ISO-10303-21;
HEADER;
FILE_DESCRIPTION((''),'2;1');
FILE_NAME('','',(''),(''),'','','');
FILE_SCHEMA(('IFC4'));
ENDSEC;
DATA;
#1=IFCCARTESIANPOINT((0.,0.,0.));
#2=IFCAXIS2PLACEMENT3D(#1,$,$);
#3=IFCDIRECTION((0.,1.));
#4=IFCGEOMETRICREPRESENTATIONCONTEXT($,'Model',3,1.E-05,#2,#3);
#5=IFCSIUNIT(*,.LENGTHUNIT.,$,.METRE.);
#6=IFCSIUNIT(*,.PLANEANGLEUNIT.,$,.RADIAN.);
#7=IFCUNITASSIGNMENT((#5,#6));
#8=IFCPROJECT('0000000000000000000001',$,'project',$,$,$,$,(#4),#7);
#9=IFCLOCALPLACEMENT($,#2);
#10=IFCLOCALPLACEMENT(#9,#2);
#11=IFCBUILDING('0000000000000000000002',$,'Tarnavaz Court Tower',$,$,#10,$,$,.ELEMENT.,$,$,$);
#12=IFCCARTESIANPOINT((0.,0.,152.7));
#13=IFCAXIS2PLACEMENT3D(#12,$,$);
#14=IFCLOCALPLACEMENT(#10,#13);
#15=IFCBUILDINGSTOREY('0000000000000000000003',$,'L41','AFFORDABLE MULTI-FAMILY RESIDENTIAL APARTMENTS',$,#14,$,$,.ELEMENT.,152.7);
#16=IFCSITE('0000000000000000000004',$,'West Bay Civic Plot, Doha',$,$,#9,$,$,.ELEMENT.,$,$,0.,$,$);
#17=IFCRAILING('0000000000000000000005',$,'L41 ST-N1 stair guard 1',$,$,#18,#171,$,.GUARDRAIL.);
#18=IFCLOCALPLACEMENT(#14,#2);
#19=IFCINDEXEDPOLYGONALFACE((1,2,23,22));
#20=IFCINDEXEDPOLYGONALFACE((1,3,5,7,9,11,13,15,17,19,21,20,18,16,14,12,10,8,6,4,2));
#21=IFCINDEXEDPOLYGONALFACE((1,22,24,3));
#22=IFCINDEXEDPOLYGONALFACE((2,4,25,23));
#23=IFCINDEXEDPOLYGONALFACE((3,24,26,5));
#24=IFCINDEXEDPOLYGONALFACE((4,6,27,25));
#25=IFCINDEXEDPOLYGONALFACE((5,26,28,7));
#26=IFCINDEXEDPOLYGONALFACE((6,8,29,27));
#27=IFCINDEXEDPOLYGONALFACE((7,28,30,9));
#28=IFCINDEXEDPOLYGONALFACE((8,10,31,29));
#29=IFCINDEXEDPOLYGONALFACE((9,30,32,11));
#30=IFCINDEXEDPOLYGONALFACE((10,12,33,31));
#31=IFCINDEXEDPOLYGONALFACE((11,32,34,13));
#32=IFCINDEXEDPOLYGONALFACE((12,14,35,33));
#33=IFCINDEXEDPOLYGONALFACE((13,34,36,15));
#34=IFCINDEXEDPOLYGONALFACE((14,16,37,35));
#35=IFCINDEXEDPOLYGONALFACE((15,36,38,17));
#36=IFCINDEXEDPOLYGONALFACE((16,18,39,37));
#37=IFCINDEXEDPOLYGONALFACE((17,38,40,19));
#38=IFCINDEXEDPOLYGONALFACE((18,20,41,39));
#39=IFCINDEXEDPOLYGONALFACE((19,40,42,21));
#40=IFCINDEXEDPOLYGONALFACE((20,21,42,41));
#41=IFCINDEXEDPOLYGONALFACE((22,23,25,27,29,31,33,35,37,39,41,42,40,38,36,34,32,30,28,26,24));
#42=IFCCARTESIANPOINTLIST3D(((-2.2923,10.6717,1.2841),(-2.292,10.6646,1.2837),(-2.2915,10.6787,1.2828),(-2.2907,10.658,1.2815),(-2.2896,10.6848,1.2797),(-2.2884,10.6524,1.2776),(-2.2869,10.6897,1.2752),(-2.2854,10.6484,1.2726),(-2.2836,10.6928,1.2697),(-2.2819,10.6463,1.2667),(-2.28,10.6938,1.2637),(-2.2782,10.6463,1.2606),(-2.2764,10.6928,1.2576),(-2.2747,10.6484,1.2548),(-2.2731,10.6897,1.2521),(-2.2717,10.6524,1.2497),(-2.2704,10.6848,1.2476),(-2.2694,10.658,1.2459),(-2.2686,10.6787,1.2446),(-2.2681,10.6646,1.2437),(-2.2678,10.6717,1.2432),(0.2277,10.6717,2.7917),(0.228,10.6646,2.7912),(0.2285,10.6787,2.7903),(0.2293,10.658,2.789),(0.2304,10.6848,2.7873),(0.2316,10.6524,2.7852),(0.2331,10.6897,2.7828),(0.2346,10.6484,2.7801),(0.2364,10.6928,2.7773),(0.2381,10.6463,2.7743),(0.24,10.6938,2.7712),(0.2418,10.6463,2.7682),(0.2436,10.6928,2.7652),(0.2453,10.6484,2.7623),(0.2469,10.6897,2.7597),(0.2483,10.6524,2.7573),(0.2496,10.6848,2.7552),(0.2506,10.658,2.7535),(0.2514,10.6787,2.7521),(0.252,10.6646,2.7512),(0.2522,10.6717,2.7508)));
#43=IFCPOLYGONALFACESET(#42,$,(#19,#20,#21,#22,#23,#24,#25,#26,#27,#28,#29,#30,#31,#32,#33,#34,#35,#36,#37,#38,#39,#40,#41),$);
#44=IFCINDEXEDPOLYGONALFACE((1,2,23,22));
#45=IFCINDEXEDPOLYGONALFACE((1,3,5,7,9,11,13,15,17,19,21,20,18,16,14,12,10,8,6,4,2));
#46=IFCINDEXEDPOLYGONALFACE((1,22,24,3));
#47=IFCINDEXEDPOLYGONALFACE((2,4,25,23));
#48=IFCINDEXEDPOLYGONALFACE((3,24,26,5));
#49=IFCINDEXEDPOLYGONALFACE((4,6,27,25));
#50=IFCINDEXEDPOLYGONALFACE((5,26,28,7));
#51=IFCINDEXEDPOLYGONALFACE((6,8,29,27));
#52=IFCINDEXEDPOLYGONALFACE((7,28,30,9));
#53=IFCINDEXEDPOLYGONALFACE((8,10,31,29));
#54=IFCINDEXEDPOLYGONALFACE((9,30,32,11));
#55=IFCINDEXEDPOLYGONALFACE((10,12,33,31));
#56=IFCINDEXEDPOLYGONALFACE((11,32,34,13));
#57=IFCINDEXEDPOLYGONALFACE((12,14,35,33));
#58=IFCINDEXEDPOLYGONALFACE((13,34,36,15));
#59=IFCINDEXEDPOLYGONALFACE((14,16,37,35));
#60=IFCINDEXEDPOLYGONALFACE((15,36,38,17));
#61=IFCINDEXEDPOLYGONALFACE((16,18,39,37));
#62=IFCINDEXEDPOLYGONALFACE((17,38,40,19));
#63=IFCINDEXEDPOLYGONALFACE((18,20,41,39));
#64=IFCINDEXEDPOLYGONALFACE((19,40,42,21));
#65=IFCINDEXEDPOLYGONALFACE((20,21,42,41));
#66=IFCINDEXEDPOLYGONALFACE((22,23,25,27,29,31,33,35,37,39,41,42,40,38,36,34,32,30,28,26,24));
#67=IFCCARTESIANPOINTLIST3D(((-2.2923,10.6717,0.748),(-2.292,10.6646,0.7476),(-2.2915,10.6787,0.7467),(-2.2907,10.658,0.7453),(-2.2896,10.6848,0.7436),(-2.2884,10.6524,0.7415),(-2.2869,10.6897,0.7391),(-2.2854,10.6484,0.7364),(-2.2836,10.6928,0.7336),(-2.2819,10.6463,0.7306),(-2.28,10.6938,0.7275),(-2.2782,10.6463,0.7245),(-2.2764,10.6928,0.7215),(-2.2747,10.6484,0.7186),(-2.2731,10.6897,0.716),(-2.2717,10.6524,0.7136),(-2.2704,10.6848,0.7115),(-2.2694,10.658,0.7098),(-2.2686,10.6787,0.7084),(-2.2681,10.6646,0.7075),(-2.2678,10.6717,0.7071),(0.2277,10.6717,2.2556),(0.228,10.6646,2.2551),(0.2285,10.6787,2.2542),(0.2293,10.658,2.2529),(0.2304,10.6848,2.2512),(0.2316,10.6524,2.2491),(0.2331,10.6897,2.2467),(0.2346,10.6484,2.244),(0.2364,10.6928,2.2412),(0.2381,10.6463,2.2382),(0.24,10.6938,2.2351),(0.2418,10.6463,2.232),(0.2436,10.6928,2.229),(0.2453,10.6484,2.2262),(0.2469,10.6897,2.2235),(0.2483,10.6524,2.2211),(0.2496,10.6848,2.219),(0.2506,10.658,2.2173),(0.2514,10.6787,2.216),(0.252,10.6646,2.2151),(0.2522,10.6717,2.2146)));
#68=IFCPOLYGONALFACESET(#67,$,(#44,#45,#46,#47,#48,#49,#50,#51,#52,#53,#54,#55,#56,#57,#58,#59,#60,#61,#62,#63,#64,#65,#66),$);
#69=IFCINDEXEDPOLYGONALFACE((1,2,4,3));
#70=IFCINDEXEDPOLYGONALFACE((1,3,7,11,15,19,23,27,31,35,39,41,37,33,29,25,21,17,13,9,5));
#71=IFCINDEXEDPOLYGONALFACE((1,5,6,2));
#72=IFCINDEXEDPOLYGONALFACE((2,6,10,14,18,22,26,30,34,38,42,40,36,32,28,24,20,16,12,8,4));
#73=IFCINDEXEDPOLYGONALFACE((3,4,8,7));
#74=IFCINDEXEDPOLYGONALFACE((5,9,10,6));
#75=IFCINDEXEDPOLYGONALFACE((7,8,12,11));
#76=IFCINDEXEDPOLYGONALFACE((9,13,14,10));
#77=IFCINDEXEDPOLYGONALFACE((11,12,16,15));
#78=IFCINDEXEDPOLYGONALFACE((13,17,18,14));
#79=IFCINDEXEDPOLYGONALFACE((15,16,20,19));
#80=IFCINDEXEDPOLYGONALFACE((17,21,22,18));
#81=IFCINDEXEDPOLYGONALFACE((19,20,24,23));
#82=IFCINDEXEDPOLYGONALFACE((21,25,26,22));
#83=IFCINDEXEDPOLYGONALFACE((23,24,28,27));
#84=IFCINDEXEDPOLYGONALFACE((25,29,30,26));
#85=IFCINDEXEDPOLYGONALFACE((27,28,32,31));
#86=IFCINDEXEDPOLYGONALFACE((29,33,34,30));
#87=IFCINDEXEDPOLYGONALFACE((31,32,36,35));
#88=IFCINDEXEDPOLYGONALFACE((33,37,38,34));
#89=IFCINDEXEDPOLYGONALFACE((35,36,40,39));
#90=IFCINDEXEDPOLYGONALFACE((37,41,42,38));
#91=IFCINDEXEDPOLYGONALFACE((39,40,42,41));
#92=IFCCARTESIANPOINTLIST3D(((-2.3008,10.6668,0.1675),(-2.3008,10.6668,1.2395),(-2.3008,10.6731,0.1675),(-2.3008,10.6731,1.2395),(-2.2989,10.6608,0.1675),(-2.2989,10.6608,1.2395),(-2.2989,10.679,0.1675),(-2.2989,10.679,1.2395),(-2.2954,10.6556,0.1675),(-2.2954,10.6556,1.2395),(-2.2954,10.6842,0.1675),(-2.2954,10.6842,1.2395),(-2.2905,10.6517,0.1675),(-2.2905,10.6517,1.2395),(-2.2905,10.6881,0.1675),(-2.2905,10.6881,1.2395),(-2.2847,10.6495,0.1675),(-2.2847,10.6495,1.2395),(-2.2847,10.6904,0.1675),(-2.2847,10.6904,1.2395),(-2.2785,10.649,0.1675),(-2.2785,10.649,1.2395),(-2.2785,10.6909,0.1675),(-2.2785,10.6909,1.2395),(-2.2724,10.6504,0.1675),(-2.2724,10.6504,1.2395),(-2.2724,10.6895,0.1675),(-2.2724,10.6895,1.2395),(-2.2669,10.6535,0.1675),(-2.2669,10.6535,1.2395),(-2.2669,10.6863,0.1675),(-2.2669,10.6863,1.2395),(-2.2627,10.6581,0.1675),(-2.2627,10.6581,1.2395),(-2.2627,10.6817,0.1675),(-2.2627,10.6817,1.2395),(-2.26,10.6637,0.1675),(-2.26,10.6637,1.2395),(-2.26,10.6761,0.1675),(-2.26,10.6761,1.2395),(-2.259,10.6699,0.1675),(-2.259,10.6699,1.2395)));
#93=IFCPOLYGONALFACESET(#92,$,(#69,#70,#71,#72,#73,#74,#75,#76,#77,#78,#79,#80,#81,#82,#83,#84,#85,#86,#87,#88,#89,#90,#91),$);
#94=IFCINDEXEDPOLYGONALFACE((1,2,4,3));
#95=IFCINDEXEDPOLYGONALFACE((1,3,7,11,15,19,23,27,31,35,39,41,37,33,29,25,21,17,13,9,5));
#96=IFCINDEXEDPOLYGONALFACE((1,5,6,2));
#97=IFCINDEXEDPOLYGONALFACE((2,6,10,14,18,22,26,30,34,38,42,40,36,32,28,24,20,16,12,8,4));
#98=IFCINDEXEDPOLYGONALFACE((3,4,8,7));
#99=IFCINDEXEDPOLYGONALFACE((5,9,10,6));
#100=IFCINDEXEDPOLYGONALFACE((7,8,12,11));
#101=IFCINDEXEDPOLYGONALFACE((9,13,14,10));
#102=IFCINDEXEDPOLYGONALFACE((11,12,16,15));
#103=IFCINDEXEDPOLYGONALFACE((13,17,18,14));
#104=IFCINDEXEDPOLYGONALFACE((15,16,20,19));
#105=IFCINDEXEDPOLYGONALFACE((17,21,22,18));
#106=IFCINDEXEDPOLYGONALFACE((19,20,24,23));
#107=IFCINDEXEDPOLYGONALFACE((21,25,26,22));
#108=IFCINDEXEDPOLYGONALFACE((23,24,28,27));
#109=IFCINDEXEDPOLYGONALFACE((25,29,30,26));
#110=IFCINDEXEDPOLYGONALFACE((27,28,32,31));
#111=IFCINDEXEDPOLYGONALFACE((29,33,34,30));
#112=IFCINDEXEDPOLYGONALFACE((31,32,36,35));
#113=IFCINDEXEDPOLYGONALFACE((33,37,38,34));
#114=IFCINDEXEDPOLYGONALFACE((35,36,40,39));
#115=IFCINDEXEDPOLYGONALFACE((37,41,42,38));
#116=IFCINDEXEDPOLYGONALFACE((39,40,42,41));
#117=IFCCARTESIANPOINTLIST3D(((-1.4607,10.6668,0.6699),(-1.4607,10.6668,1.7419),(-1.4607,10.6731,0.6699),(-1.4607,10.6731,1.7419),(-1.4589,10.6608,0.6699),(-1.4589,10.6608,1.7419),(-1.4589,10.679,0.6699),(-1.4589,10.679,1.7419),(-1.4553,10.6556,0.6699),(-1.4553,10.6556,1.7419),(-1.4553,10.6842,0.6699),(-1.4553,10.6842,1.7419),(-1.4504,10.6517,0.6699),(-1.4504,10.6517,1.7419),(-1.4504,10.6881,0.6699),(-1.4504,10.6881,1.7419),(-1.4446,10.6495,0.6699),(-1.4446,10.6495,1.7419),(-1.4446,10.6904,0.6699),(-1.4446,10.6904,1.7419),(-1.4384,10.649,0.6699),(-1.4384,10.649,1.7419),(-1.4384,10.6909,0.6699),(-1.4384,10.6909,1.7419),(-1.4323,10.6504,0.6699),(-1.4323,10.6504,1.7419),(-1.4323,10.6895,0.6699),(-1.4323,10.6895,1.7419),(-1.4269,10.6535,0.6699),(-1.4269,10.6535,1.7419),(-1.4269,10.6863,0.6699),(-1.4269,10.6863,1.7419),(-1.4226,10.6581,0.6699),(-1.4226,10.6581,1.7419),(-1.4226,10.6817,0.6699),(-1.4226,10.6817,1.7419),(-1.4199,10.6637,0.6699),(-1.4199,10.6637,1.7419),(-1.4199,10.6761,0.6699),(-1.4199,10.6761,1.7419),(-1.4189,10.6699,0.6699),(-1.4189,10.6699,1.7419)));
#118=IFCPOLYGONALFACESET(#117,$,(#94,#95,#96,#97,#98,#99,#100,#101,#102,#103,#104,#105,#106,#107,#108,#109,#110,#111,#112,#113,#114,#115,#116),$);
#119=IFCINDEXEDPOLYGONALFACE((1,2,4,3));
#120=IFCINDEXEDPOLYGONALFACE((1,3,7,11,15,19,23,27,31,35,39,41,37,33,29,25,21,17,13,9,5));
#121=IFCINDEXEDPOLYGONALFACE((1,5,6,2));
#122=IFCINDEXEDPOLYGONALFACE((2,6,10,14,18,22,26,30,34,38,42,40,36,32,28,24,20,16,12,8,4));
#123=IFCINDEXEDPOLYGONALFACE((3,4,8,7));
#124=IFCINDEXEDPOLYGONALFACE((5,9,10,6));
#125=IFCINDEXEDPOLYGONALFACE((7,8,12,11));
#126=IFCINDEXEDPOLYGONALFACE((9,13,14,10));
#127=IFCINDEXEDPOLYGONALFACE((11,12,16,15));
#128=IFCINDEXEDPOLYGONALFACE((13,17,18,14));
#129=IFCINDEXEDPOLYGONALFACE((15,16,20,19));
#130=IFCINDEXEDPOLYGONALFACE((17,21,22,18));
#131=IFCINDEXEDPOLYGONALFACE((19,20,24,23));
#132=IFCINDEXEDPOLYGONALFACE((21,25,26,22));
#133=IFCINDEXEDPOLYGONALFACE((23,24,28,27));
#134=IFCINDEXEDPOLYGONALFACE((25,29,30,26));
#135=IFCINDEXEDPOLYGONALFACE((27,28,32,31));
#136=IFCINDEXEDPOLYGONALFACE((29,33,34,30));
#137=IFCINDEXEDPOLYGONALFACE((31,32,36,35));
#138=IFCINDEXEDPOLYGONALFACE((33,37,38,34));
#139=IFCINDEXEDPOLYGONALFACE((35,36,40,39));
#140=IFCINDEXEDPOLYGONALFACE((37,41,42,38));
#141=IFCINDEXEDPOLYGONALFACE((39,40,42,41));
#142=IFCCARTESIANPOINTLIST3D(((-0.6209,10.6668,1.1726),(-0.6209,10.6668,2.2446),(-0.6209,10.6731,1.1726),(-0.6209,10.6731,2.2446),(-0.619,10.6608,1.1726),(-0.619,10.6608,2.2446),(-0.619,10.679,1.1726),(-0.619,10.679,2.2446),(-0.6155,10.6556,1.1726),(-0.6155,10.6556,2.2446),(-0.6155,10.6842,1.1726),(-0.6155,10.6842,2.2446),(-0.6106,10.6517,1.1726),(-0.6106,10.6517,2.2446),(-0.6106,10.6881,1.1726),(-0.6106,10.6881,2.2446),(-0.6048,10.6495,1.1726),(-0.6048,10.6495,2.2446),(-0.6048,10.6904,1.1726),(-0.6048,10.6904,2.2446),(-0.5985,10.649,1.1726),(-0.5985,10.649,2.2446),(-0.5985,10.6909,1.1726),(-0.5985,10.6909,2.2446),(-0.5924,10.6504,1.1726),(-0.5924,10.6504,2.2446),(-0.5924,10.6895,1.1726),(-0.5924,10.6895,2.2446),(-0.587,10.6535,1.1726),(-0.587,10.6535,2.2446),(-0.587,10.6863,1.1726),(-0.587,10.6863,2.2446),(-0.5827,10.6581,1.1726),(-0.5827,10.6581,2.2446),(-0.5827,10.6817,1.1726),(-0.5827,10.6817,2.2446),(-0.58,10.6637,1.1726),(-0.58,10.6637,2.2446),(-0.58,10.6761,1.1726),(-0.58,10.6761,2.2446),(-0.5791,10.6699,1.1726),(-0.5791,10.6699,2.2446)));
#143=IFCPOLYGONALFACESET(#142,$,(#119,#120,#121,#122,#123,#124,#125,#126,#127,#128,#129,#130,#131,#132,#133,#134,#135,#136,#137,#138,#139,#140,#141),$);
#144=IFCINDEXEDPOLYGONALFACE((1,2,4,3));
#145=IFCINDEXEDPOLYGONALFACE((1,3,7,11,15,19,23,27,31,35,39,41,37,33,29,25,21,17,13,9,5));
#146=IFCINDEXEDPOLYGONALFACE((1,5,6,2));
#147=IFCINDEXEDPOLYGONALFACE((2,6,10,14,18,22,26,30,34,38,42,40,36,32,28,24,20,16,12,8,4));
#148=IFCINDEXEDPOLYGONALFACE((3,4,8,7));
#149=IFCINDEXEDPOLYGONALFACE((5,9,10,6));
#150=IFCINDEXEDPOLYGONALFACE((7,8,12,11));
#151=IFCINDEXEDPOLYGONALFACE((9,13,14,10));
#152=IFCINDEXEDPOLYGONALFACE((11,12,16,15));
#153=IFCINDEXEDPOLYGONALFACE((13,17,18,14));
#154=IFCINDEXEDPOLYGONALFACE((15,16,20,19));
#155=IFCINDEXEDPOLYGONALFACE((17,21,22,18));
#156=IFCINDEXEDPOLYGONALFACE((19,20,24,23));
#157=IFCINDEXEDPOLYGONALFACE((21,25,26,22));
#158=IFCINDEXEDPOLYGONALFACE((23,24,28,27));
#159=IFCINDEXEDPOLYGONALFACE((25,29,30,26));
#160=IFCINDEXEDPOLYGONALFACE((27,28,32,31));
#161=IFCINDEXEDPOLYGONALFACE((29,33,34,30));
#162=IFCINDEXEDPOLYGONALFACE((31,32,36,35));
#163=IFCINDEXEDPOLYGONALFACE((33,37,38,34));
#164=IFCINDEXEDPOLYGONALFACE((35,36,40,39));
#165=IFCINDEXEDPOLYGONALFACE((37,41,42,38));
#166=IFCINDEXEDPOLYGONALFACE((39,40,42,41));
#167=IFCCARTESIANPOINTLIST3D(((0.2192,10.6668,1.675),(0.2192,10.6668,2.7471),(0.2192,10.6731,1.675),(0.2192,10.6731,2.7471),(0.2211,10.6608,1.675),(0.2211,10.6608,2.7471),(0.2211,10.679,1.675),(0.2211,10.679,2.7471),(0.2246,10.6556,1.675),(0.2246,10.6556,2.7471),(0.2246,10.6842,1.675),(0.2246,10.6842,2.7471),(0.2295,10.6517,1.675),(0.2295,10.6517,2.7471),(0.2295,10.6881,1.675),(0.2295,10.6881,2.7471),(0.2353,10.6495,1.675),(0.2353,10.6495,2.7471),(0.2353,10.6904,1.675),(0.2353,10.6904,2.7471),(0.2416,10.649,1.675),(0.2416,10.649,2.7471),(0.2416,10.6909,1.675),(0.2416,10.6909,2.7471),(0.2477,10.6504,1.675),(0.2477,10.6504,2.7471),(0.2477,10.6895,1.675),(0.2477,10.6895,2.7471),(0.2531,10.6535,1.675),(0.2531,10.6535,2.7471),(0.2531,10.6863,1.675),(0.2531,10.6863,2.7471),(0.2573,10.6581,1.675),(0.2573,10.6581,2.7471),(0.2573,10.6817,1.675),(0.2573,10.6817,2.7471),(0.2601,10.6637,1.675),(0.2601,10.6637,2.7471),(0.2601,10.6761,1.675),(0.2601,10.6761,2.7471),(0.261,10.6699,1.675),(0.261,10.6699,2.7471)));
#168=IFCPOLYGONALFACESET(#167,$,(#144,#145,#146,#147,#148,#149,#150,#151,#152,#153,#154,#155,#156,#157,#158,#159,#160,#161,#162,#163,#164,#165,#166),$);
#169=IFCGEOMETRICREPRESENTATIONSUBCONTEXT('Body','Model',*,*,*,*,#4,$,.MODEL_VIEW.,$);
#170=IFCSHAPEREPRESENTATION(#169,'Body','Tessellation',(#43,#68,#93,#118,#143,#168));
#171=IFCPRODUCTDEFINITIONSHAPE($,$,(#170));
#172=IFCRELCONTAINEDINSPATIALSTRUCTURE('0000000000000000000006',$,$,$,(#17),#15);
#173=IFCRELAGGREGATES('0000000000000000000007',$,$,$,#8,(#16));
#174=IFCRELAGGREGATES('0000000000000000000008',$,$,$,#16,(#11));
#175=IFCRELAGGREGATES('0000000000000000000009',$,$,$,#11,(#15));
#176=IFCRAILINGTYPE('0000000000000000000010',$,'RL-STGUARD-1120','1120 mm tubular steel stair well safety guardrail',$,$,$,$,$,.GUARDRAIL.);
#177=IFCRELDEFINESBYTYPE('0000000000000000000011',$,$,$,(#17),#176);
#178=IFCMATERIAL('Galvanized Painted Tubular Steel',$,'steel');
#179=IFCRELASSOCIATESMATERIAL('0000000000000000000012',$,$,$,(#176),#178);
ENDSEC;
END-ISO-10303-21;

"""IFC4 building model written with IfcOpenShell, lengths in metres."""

from ifc_helpers import new_model, si_unit, direction, frame, origin, origin_2d, place, context, subcontext, project, spatial, circle, extrude, material, type_object, element, save


model = new_model("IFC4")

# Units and contexts
model_context = context("Model", 3, precision=1e-05, world=origin(), true_north=direction((0.0, 1.0)))
body_context = subcontext(model_context, "Body", "Model", "MODEL_VIEW")
ifc_project = project(units=[si_unit("LENGTHUNIT", "METRE"), si_unit("PLANEANGLEUNIT", "RADIAN")], contexts=[model_context])

# Site, building, storey
site_placement = place(None, origin())
site = spatial("IfcSite", under=ifc_project, at=site_placement, Name="West Bay Civic Plot, Doha", CompositionType="ELEMENT", RefElevation=0.0)
building_placement = place(site_placement, origin())
building = spatial("IfcBuilding", under=site, at=building_placement, Name="Tarnavaz Court Tower", CompositionType="ELEMENT")
storey_placement = place(building_placement, frame((0.0, 0.0, 152.7)))
storey = spatial("IfcBuildingStorey", under=building, at=storey_placement, Name="L41", Description="AFFORDABLE MULTI-FAMILY RESIDENTIAL APARTMENTS", CompositionType="ELEMENT", Elevation=152.7)

# Railing
ifc_material_1 = material(Name="Galvanized Painted Tubular Steel", Category="steel")
railing_type_1 = type_object("IfcRailingType", Name="RL-STGUARD-1120", Description="1120 mm tubular steel stair well safety guardrail", PredefinedType="GUARDRAIL", material=ifc_material_1)
railing_1_placement = place(storey_placement, frame((-2.28, 10.6699, 0.1675)))
element("IfcRailing", 1, at=railing_1_placement, inside=storey, type_object=railing_type_1, Name="L41 ST-N1 stair guard 1", PredefinedType="GUARDRAIL", context=body_context, shape_type="SweptSolid", body=[
    extrude(circle(Radius=0.0239, at=origin_2d()), frame((0.0, 0.0, 1.0962), z_axis=(0.85816, 0.0, 0.513383), x_axis=(0.0, 1.0, 0.0)), (0.0, 0.0, 1.0), 2.9365),
    extrude(circle(Radius=0.0239, at=origin_2d()), frame((0.0, 0.0, 0.5601), z_axis=(0.85816, 0.0, 0.513383), x_axis=(0.0, 1.0, 0.0)), (0.0, 0.0, 1.0), 2.9365),
    extrude(circle(Radius=0.021, at=origin_2d()), origin(), (0.0, 0.0, 1.0), 1.072),
    extrude(circle(Radius=0.021, at=origin_2d()), frame((0.8401, 0.0, 0.5024)), (0.0, 0.0, 1.0), 1.072),
    extrude(circle(Radius=0.021, at=origin_2d()), frame((1.6799, 0.0, 1.0051)), (0.0, 0.0, 1.0), 1.072),
    extrude(circle(Radius=0.021, at=origin_2d()), frame((2.52, 0.0, 1.5076)), (0.0, 0.0, 1.0), 1.072),
])

save(model, "model.ifc")
